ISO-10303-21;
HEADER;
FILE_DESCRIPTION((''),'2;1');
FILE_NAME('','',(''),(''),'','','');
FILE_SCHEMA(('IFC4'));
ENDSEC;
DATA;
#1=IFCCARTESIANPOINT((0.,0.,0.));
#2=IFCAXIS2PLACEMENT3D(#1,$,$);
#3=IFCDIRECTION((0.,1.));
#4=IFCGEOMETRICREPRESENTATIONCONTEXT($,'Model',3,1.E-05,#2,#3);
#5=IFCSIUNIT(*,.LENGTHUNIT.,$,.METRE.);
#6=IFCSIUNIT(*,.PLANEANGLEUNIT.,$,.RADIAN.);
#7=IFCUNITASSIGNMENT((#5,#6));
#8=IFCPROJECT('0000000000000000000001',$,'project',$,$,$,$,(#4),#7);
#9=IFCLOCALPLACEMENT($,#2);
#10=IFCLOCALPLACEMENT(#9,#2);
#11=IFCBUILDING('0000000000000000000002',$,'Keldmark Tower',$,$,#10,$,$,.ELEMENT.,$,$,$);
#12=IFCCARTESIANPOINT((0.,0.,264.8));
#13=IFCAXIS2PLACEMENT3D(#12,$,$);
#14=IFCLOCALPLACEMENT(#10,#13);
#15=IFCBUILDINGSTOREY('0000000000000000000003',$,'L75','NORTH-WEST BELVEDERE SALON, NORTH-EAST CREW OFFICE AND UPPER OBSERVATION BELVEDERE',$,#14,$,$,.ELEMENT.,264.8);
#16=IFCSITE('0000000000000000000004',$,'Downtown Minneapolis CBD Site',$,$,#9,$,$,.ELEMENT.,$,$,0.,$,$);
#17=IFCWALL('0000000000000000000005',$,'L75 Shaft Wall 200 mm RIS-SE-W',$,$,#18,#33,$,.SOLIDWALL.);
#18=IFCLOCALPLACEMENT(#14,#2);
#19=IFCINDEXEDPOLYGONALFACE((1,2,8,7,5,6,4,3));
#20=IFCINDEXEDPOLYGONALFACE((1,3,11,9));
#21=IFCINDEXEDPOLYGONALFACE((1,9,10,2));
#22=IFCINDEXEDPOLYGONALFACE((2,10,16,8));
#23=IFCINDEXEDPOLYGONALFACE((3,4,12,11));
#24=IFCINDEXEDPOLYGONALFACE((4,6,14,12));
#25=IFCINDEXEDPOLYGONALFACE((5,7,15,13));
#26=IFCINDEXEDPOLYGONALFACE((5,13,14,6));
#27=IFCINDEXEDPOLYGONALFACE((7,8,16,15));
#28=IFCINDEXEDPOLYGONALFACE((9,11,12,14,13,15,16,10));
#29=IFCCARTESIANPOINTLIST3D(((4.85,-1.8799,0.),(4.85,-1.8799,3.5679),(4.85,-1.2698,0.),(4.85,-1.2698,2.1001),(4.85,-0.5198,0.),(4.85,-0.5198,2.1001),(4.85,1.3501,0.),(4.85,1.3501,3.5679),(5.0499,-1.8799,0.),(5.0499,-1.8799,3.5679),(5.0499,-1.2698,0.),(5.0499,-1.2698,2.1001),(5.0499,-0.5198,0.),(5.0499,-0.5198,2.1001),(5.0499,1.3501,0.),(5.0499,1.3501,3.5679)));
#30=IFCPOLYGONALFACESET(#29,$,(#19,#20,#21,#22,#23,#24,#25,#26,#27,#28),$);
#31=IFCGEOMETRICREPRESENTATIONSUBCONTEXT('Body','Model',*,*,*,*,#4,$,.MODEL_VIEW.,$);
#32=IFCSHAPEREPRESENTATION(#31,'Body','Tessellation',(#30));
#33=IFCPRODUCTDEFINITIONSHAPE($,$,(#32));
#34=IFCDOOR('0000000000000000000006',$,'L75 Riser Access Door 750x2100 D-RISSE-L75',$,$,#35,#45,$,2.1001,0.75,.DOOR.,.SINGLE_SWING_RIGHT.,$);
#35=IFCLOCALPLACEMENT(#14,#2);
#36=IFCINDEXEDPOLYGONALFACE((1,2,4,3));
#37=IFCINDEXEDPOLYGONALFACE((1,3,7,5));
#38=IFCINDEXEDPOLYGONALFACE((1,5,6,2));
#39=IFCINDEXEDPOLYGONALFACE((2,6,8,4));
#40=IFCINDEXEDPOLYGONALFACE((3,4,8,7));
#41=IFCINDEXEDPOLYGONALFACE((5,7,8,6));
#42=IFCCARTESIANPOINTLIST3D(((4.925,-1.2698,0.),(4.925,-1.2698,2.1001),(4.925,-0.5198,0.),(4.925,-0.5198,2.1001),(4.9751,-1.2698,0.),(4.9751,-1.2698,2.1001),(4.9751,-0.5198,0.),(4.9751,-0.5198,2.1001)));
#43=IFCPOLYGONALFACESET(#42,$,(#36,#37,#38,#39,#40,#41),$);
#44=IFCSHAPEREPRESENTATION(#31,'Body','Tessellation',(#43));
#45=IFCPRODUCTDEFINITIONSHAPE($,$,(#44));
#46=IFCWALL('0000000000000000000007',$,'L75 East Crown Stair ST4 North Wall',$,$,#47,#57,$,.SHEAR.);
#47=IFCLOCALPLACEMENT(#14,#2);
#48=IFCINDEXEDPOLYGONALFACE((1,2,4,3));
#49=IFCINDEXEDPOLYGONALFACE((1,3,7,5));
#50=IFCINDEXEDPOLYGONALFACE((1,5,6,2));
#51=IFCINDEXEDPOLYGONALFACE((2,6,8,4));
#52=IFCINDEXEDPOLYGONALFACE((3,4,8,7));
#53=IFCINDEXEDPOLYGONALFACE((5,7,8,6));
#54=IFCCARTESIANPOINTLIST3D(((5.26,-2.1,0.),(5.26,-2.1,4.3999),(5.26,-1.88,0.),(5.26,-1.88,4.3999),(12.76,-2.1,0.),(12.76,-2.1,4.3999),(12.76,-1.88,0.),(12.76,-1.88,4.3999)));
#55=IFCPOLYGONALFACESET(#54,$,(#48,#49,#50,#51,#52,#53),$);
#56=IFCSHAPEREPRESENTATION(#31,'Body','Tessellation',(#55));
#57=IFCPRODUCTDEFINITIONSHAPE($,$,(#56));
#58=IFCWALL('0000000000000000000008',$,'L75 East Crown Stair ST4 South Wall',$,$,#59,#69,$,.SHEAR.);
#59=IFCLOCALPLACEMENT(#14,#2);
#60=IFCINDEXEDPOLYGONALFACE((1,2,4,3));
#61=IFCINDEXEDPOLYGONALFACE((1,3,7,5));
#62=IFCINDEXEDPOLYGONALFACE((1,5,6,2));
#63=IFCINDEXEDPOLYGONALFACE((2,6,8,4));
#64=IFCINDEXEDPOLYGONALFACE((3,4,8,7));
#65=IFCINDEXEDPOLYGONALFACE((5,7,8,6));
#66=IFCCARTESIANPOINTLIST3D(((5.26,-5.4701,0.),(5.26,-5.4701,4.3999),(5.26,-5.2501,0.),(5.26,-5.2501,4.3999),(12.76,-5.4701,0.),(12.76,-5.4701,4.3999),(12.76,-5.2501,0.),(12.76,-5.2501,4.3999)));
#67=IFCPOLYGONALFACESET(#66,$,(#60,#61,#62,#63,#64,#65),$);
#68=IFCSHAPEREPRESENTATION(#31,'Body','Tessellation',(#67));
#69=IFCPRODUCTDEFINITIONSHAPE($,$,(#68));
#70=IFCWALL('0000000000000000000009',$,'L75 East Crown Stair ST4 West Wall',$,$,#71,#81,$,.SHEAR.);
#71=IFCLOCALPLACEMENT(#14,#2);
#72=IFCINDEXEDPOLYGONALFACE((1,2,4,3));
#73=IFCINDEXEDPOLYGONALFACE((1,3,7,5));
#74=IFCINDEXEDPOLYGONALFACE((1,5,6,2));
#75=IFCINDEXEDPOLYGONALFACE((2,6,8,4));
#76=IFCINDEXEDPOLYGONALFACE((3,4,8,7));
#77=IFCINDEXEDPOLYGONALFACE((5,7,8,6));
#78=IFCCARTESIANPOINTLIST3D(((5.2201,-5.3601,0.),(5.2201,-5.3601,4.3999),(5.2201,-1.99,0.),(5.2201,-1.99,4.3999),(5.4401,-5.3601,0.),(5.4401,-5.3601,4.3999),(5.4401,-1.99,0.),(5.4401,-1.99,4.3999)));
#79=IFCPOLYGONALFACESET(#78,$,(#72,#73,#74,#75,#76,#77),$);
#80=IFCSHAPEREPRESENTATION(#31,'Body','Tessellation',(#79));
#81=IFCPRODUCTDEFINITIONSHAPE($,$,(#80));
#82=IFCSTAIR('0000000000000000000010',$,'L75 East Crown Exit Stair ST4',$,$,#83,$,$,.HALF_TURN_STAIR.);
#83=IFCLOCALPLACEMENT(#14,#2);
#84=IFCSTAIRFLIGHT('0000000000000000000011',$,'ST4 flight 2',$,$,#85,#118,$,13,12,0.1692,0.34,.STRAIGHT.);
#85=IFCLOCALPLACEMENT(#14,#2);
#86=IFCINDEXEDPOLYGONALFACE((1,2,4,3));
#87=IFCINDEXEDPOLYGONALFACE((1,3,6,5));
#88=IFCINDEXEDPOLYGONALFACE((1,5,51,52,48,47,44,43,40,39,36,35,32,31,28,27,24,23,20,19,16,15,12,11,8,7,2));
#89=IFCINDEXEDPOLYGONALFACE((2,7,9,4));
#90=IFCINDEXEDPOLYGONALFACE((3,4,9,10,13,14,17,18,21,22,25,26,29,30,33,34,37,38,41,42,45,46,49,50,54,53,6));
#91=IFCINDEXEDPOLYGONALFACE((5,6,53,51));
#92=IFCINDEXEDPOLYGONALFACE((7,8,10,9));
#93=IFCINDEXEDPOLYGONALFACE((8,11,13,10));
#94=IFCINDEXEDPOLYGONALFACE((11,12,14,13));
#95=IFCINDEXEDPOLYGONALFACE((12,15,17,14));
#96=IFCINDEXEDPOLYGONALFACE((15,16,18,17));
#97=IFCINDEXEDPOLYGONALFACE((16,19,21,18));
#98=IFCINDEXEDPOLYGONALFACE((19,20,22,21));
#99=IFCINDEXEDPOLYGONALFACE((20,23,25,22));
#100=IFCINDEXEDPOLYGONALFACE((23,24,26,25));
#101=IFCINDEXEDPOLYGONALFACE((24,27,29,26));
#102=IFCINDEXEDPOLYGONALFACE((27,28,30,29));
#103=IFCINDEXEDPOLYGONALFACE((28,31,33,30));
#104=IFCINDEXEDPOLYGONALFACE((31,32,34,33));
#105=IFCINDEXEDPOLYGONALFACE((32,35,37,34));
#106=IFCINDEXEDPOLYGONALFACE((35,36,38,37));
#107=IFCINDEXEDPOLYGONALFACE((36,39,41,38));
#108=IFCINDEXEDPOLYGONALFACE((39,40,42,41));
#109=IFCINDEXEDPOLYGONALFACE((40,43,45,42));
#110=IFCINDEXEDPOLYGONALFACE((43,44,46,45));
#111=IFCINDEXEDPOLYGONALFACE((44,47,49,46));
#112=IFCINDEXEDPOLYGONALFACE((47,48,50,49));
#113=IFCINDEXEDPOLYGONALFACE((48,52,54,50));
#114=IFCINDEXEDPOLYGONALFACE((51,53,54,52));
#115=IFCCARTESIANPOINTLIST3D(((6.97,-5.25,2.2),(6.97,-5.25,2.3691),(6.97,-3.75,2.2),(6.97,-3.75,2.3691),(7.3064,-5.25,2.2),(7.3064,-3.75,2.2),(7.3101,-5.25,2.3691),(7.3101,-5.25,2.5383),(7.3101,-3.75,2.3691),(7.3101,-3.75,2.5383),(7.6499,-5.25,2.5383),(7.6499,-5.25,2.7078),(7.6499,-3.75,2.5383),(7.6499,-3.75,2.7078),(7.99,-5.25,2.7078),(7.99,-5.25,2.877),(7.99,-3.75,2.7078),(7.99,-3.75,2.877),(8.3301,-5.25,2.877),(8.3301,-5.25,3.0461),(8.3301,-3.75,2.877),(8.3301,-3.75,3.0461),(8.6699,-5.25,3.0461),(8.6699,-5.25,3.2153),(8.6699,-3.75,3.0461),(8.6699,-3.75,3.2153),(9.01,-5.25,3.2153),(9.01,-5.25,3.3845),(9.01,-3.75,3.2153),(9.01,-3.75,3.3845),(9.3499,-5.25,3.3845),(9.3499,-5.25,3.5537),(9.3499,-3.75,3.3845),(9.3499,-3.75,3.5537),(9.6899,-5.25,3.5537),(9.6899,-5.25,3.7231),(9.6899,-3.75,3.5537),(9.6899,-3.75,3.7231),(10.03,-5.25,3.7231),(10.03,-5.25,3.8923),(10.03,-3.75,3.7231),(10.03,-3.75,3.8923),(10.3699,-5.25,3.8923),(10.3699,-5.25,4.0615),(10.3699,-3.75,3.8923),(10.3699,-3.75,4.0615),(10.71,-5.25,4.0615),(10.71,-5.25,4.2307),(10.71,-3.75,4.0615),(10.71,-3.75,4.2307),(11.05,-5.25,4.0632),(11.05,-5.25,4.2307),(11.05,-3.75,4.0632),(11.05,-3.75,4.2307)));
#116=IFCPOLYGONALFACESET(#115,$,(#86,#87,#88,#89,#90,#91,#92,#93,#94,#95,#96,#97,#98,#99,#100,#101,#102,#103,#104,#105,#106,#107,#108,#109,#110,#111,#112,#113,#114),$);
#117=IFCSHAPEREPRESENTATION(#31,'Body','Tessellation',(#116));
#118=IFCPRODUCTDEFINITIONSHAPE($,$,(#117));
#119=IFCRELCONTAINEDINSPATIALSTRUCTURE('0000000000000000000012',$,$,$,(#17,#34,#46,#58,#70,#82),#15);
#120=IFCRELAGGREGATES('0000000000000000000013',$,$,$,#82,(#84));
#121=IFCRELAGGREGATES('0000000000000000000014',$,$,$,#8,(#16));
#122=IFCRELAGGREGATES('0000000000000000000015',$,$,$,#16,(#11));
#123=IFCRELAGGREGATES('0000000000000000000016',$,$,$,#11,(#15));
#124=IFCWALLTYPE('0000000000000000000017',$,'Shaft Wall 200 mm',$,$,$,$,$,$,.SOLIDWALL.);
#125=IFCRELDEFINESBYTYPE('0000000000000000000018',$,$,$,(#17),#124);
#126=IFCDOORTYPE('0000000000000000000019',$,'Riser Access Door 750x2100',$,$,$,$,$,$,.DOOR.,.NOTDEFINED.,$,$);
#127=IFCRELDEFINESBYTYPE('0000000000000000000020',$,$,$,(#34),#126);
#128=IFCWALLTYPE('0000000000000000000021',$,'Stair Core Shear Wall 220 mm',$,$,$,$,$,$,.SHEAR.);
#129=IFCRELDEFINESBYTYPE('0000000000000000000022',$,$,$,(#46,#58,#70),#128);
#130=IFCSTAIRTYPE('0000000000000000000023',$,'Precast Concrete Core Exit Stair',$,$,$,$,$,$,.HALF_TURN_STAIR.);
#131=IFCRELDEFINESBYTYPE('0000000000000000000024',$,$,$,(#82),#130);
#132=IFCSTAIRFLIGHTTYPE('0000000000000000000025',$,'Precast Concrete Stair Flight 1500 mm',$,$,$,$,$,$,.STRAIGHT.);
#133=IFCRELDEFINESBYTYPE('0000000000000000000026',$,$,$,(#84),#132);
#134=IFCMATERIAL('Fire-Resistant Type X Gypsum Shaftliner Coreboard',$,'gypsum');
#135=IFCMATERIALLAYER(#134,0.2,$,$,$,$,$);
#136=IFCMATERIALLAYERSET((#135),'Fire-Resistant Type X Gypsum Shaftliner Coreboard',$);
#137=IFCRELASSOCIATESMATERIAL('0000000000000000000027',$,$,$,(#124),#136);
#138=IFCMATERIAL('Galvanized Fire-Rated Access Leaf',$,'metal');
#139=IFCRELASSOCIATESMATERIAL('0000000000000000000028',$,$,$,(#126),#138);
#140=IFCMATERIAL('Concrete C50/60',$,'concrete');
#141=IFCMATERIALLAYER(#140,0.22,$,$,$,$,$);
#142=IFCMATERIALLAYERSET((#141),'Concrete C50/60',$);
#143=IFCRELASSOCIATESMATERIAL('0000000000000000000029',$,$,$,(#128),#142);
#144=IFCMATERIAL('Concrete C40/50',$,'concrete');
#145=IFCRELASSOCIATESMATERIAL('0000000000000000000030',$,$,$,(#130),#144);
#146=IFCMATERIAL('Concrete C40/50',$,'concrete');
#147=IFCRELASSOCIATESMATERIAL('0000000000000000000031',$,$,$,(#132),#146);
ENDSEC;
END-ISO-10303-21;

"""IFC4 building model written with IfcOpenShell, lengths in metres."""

from ifc_helpers import new_model, si_unit, direction, frame, frame_2d, origin, place, context, subcontext, project, spatial, polyline, rectangle, outline, extrude, material, layer, layer_set, type_object, element, fill, aggregate, save


model = new_model("IFC4")

# Units and contexts
model_context = context("Model", 3, precision=1e-05, world=origin(), true_north=direction((0.0, 1.0)))
body_context = subcontext(model_context, "Body", "Model", "MODEL_VIEW")
ifc_project = project(units=[si_unit("LENGTHUNIT", "METRE"), si_unit("PLANEANGLEUNIT", "RADIAN")], contexts=[model_context])

# Site, building, storey
site_placement = place(None, origin())
site = spatial("IfcSite", under=ifc_project, at=site_placement, Name="Downtown Minneapolis CBD Site", CompositionType="ELEMENT", RefElevation=0.0)
building_placement = place(site_placement, origin())
building = spatial("IfcBuilding", under=site, at=building_placement, Name="Keldmark Tower", CompositionType="ELEMENT")
storey_placement = place(building_placement, frame((0.0, 0.0, 264.8)))
storey = spatial("IfcBuildingStorey", under=building, at=storey_placement, Name="L75", Description="NORTH-WEST BELVEDERE SALON, NORTH-EAST CREW OFFICE AND UPPER OBSERVATION BELVEDERE", CompositionType="ELEMENT", Elevation=264.8)

# Wall, opening, door
ifc_material_1 = material(Name="Fire-Resistant Type X Gypsum Shaftliner Coreboard", Category="gypsum")
ifc_layer_1 = layer(ifc_material_1, 0.2)
ifc_layer_set_1 = layer_set([ifc_layer_1], Name="Fire-Resistant Type X Gypsum Shaftliner Coreboard")
wall_type_1 = type_object("IfcWallType", Name="Shaft Wall 200 mm", PredefinedType="SOLIDWALL", material=ifc_layer_set_1)
wall_1_placement = place(storey_placement, frame((4.95, -1.8799, 0.0), z_axis=(0.0, 0.0, 1.0), x_axis=(0.0, 1.0, 0.0)))
wall_1 = element("IfcWall", 1, at=wall_1_placement, inside=storey, type_object=wall_type_1, Name="L75 Shaft Wall 200 mm RIS-SE-W", PredefinedType="SOLIDWALL", context=body_context, shape_type="SweptSolid", body=[
    extrude(rectangle(XDim=3.23, YDim=0.2, at=frame_2d((1.615, 0.0))), origin(), (0.0, 0.0, 1.0), 3.5679),
])
opening_placement = place(wall_1_placement, frame((0.6101, 0.0, 0.0)))
opening = element("IfcOpeningElement", 2, at=opening_placement, cuts=wall_1, PredefinedType="OPENING", context=body_context, shape_type="SweptSolid", body=[
    extrude(rectangle(XDim=0.75, YDim=2.1001, at=frame_2d((0.375, 1.05))), frame((0.0, 0.1099, 0.0), z_axis=(0.0, -1.0, 0.0), x_axis=(1.0, 0.0, 0.0)), (0.0, 0.0, 1.0), 0.22),
])
ifc_material_2 = material(Name="Galvanized Fire-Rated Access Leaf", Category="metal")
door_type = type_object("IfcDoorType", Name="Riser Access Door 750x2100", OperationType="NOTDEFINED", PredefinedType="DOOR", material=ifc_material_2)
door_placement = place(opening_placement, origin())
door = element("IfcDoor", 3, at=door_placement, inside=storey, type_object=door_type, Name="L75 Riser Access Door 750x2100 D-RISSE-L75", OperationType="SINGLE_SWING_RIGHT", OverallHeight=2.1001, OverallWidth=0.75, PredefinedType="DOOR", context=body_context, shape_type="SweptSolid", body=[
    extrude(rectangle(XDim=0.75, YDim=2.1001, at=frame_2d((0.375, 1.05))), frame((0.0, 0.0249, 0.0), z_axis=(0.0, -1.0, 0.0), x_axis=(1.0, 0.0, 0.0)), (0.0, 0.0, 1.0), 0.05),
])
fill(opening, door)

# Walls
ifc_material_3 = material(Name="Concrete C50/60", Category="concrete")
ifc_layer_2 = layer(ifc_material_3, 0.22)
ifc_layer_set_2 = layer_set([ifc_layer_2], Name="Concrete C50/60")
wall_type_2 = type_object("IfcWallType", Name="Stair Core Shear Wall 220 mm", PredefinedType="SHEAR", material=ifc_layer_set_2)
for number, where, z_axis, x_axis, name in (
    (4, (5.26, -1.99, 0.0), (0.0, 0.0, 1.0), (1.0, 0.0, 0.0), "L75 East Crown Stair ST4 North Wall"),
    (5, (5.26, -5.3601, 0.0), (0.0, 0.0, 1.0), (1.0, 0.0, 0.0), "L75 East Crown Stair ST4 South Wall"),
):
    element("IfcWall", number, at=place(storey_placement, frame(where, z_axis=z_axis, x_axis=x_axis)), inside=storey, type_object=wall_type_2, Name=name, PredefinedType="SHEAR", context=body_context, shape_type="SweptSolid", body=[
        extrude(rectangle(XDim=7.5, YDim=0.22, at=frame_2d((3.75, 0.0))), origin(), (0.0, 0.0, 1.0), 4.3999),
    ])
wall_2_placement = place(storey_placement, frame((5.3301, -5.3601, 0.0), z_axis=(0.0, 0.0, 1.0), x_axis=(0.0, 1.0, 0.0)))
element("IfcWall", 6, at=wall_2_placement, inside=storey, type_object=wall_type_2, Name="L75 East Crown Stair ST4 West Wall", PredefinedType="SHEAR", context=body_context, shape_type="SweptSolid", body=[
    extrude(rectangle(XDim=3.3701, YDim=0.22, at=frame_2d((1.6851, 0.0))), origin(), (0.0, 0.0, 1.0), 4.3999),
])

# Stair, stair flight
ifc_material_4 = material(Name="Concrete C40/50", Category="concrete")
stair_type = type_object("IfcStairType", Name="Precast Concrete Core Exit Stair", PredefinedType="HALF_TURN_STAIR", material=ifc_material_4)
stair_placement = place(storey_placement, origin())
stair = element("IfcStair", 7, at=stair_placement, inside=storey, type_object=stair_type, Name="L75 East Crown Exit Stair ST4", PredefinedType="HALF_TURN_STAIR")
ifc_material_5 = material(Name="Concrete C40/50", Category="concrete")
stair_flight_type = type_object("IfcStairFlightType", Name="Precast Concrete Stair Flight 1500 mm", PredefinedType="STRAIGHT", material=ifc_material_5)
stair_flight_placement = place(storey_placement, frame((6.97, -4.5, 2.2), z_axis=(0.0, 0.0, 1.0), x_axis=(1.0, 0.0, 0.0)))
stair_flight = element("IfcStairFlight", 8, at=stair_flight_placement, type_object=stair_flight_type, Name="ST4 flight 2", NumberOfRisers=13, NumberOfTreads=12, PredefinedType="STRAIGHT", RiserHeight=0.1692, TreadLength=0.34, context=body_context, shape_type="SweptSolid", body=[
    extrude(outline(polyline([(0.0, 0.0), (0.0, 0.1692), (0.3401, 0.1692), (0.3401, 0.3384), (0.6799, 0.3384), (0.6799, 0.5078), (1.02, 0.5078), (1.02, 0.677), (1.3601, 0.677), (1.3601, 0.8462), (1.7, 0.8462), (1.7, 1.0154), (2.04, 1.0154), (2.04, 1.1846), (2.3799, 1.1846), (2.3799, 1.3538), (2.72, 1.3538), (2.72, 1.5232), (3.0601, 1.5232), (3.0601, 1.6924), (3.3999, 1.6924), (3.3999, 1.8616), (3.74, 1.8616), (3.74, 2.0308), (4.0801, 2.0308), (4.0801, 2.2), (4.0801, 1.8633), (0.3364, 0.0), (0.0, 0.0)])), frame((0.0, 0.75, 0.0), z_axis=(0.0, -1.0, 0.0), x_axis=(1.0, 0.0, 0.0)), (0.0, 0.0, 1.0), 1.5),
])
aggregate(stair, [stair_flight])

save(model, "model.ifc")
